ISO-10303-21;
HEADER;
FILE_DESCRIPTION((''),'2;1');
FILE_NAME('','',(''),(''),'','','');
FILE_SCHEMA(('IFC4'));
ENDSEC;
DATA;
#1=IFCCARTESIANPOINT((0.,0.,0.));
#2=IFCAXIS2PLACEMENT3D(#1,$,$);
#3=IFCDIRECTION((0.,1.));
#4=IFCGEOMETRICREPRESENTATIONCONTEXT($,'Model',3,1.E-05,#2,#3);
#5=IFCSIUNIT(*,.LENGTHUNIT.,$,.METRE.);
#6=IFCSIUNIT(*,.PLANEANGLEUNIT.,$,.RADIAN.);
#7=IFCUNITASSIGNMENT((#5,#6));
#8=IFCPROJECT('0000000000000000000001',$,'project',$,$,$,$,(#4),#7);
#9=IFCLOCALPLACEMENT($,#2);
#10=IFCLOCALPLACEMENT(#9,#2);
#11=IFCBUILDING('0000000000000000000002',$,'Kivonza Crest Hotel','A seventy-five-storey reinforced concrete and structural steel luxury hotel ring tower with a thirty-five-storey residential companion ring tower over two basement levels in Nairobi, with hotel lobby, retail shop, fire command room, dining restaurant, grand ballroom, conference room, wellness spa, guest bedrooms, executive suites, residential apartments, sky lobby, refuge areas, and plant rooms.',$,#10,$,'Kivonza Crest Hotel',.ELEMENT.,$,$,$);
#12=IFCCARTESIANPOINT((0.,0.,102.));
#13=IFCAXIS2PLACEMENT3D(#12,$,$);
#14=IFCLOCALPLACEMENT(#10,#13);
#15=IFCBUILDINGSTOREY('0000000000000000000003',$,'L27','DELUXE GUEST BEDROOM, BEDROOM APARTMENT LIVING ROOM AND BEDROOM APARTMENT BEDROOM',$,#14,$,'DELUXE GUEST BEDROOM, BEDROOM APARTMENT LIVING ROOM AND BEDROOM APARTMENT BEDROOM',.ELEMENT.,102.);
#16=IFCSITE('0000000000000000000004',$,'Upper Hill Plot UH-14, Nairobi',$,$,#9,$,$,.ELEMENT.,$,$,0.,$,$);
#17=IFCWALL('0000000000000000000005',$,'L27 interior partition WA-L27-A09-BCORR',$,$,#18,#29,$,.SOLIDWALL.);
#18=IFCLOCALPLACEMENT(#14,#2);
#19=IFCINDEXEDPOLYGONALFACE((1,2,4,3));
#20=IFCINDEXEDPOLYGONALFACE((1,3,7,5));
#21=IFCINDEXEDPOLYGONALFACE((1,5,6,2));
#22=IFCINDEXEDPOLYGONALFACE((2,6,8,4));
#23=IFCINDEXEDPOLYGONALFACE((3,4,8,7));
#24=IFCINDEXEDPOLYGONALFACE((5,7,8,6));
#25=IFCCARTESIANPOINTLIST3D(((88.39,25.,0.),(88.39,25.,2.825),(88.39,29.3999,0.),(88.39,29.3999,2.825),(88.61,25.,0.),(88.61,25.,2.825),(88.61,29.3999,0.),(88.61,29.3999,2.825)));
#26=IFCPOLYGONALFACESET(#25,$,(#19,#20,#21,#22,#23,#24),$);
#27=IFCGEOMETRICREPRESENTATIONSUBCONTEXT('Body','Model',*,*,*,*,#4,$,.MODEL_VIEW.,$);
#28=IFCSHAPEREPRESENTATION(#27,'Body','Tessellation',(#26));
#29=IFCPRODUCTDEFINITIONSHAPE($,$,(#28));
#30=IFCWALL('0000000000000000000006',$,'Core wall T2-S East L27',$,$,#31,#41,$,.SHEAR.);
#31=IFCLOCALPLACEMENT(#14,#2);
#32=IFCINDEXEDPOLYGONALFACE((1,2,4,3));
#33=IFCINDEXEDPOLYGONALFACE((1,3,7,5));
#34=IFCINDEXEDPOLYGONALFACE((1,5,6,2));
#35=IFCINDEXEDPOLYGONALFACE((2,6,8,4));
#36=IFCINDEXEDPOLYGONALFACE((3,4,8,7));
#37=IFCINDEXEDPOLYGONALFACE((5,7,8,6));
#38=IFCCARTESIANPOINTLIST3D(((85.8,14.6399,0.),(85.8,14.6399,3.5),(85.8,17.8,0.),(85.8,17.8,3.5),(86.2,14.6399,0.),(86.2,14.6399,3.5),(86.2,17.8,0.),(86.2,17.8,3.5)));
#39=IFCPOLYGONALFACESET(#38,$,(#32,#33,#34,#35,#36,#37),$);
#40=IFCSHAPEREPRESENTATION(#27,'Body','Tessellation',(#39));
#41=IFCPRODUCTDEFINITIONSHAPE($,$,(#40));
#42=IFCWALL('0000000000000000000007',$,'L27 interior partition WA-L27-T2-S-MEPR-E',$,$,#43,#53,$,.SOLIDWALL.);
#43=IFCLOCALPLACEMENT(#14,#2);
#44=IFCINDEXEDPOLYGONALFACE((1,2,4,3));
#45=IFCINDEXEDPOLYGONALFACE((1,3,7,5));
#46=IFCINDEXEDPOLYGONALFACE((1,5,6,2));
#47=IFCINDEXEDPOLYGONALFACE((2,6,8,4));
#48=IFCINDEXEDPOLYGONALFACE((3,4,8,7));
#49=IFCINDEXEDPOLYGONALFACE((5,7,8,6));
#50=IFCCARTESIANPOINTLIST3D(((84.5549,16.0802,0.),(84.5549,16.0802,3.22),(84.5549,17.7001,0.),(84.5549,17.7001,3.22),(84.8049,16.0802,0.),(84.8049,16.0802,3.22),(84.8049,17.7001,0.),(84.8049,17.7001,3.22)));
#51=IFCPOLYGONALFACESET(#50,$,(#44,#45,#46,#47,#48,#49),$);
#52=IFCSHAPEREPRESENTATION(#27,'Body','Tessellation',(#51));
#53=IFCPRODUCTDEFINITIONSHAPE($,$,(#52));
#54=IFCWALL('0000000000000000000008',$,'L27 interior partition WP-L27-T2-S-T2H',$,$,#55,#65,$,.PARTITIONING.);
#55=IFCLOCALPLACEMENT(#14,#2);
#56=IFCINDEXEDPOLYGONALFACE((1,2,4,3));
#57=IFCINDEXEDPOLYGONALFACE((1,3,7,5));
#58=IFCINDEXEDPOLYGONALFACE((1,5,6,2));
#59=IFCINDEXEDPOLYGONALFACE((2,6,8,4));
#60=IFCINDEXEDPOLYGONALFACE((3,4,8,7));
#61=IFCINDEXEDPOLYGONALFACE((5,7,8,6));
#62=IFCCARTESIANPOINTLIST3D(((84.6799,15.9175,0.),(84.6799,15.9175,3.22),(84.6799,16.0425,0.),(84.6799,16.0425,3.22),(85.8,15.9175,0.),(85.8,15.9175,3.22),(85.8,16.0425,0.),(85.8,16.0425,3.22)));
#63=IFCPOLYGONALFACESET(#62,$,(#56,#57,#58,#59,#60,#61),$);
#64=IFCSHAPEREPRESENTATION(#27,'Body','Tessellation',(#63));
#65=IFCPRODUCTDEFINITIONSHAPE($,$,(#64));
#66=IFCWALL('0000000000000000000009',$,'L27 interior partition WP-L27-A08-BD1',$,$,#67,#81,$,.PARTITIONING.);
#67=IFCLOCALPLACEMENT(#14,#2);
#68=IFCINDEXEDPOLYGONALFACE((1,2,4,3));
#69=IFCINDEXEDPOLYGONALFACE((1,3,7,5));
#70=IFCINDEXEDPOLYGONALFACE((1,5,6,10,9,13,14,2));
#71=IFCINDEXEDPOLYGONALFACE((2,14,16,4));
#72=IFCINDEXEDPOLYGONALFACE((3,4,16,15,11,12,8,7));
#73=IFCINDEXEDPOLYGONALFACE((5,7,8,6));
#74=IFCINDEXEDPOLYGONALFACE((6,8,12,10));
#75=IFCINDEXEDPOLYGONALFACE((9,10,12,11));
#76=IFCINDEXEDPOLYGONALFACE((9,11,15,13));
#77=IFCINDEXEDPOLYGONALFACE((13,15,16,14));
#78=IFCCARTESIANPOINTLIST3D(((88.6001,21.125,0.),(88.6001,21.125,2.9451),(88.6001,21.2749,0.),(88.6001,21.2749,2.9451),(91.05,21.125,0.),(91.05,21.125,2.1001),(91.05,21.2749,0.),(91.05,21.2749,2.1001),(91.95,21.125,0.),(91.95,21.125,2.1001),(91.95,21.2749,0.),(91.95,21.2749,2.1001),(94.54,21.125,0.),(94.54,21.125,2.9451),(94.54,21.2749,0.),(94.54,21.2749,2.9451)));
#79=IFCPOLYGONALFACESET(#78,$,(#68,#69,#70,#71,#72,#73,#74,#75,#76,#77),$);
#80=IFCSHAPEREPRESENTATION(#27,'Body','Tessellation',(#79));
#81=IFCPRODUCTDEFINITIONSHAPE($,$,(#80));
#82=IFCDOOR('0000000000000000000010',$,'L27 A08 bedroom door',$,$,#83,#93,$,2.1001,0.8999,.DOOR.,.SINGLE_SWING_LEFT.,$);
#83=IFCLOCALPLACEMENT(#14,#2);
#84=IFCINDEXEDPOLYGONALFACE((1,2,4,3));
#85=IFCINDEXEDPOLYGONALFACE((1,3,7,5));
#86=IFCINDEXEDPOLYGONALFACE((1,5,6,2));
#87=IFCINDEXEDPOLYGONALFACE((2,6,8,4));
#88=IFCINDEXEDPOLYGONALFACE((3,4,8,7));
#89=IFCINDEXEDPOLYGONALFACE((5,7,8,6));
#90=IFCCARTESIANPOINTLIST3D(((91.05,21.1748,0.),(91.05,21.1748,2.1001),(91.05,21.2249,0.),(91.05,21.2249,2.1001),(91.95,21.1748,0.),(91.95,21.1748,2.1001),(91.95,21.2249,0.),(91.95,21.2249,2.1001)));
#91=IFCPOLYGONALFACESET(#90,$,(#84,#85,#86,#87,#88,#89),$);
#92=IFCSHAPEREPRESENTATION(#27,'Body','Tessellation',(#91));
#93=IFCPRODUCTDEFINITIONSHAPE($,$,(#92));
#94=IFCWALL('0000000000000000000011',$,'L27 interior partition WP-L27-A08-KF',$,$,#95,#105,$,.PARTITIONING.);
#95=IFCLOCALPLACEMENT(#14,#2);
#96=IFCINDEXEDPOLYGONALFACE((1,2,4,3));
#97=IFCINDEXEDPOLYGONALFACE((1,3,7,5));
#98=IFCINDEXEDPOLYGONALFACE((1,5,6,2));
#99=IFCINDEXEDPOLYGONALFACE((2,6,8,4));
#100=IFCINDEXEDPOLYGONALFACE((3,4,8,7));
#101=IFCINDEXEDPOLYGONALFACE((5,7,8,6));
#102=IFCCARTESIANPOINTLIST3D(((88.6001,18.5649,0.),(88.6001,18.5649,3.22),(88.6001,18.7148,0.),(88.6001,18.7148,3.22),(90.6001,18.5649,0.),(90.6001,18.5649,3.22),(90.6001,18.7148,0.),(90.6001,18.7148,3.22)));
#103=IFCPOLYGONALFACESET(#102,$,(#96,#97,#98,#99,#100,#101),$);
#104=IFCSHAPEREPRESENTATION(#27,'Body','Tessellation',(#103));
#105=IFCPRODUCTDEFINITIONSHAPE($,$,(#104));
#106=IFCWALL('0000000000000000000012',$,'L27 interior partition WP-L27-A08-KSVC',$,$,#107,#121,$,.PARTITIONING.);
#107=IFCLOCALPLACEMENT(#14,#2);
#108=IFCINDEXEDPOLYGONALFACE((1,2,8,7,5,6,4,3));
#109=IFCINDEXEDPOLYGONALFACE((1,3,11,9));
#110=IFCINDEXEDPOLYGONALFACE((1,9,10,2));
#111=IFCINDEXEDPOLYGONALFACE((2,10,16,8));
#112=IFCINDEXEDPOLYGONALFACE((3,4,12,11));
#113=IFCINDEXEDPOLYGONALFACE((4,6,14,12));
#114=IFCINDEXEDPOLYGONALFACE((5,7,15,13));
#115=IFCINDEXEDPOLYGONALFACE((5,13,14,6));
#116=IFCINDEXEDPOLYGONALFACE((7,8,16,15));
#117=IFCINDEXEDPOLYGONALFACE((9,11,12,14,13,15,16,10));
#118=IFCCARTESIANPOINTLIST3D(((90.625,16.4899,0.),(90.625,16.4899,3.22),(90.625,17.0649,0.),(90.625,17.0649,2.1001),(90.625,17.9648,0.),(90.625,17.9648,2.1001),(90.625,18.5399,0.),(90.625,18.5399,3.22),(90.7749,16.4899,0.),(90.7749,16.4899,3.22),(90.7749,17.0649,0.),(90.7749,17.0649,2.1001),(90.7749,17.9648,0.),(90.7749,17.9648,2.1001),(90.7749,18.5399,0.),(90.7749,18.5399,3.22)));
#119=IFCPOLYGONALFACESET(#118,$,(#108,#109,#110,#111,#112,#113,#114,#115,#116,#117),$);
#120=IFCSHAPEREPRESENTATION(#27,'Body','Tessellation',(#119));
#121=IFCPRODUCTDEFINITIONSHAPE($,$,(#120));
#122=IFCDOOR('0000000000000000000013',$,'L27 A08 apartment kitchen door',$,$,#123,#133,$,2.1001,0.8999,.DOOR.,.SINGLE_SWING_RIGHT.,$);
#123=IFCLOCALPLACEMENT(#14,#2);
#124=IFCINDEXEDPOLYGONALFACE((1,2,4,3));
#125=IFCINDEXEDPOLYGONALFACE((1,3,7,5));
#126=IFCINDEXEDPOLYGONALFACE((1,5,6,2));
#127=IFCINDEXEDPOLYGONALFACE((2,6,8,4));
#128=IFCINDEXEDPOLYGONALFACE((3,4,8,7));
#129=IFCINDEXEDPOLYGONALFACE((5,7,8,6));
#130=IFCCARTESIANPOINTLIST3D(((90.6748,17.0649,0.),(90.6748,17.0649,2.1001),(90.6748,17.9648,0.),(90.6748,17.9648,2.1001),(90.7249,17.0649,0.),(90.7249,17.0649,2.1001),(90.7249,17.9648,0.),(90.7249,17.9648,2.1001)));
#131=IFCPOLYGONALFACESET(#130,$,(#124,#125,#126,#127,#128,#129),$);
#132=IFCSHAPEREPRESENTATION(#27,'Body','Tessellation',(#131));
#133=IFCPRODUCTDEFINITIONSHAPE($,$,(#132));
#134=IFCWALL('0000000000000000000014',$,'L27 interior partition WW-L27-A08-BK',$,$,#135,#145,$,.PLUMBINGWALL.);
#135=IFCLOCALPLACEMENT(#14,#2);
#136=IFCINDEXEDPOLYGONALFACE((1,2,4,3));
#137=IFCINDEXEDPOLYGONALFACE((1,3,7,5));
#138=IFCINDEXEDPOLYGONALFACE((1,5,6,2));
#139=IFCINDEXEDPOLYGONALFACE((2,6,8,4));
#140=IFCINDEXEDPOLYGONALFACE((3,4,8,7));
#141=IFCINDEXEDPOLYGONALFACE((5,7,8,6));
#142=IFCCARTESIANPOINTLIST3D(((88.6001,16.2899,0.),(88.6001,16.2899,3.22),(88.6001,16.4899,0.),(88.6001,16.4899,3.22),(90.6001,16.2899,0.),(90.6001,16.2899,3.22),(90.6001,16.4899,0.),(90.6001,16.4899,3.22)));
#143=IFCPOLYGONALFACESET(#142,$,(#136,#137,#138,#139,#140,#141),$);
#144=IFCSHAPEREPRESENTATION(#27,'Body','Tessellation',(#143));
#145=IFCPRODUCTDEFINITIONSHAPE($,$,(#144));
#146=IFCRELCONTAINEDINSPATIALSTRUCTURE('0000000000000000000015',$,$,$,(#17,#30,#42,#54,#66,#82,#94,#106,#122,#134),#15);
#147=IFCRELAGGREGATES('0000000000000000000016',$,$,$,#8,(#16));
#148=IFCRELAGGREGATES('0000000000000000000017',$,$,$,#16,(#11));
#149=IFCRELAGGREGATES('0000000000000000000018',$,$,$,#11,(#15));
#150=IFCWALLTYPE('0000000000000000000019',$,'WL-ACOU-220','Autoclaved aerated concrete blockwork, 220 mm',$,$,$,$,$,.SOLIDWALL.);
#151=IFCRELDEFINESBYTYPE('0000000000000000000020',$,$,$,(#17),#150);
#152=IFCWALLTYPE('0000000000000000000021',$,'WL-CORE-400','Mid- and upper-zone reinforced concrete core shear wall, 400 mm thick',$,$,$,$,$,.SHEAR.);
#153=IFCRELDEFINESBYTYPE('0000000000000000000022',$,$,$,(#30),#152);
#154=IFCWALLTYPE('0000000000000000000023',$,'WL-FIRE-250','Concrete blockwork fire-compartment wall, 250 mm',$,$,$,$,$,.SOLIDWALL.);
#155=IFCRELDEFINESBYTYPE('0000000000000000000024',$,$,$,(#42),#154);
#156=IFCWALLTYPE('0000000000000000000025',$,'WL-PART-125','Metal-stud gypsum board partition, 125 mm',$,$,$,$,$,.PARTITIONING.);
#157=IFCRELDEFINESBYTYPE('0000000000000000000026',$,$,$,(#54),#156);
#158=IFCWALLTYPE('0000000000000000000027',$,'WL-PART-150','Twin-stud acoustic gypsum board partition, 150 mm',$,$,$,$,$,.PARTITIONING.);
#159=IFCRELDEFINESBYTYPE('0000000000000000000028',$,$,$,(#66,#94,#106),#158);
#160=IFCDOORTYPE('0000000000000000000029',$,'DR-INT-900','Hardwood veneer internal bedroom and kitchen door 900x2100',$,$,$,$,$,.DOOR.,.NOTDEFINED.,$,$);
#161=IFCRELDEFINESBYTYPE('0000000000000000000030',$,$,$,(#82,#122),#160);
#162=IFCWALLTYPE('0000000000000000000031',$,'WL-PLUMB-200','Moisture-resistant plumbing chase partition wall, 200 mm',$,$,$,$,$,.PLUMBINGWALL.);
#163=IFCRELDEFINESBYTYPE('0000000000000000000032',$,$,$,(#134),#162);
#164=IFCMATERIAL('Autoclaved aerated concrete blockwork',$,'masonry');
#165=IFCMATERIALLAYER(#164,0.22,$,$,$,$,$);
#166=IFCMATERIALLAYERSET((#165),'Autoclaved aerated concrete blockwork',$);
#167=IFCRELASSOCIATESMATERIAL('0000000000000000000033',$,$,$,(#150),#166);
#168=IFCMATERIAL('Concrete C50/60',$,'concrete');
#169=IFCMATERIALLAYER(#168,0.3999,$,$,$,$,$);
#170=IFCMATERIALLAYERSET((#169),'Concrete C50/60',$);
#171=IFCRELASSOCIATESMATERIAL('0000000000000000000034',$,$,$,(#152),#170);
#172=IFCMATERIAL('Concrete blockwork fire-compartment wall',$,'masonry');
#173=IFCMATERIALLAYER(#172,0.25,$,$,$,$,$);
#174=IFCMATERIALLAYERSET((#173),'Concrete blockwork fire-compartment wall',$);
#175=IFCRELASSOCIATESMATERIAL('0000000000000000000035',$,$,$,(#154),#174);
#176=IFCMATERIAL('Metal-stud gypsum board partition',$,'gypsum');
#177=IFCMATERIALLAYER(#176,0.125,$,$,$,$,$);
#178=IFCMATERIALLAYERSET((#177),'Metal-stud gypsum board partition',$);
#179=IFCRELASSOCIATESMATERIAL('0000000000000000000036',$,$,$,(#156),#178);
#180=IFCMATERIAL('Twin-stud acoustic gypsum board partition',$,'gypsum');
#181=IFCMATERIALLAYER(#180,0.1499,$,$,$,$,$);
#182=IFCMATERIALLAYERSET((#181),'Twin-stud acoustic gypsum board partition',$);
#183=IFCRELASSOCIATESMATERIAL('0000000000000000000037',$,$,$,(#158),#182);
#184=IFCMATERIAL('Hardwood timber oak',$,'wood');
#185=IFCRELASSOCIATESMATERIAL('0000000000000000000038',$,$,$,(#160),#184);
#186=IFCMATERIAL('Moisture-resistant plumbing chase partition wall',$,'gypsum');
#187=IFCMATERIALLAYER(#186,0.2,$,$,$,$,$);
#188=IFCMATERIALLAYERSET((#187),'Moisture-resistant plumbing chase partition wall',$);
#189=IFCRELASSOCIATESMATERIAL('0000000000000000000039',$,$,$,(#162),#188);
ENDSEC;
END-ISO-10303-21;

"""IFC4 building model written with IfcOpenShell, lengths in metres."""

from ifc_helpers import new_model, si_unit, direction, frame, frame_2d, origin, place, context, subcontext, project, spatial, rectangle, extrude, material, layer, layer_set, type_object, element, fill, save


model = new_model("IFC4")

# Units and contexts
model_context = context("Model", 3, precision=1e-05, world=origin(), true_north=direction((0.0, 1.0)))
body_context = subcontext(model_context, "Body", "Model", "MODEL_VIEW")
ifc_project = project(units=[si_unit("LENGTHUNIT", "METRE"), si_unit("PLANEANGLEUNIT", "RADIAN")], contexts=[model_context])

# Site, building, storey
site_placement = place(None, origin())
site = spatial("IfcSite", under=ifc_project, at=site_placement, Name="Upper Hill Plot UH-14, Nairobi", CompositionType="ELEMENT", RefElevation=0.0)
building_placement = place(site_placement, origin())
building = spatial("IfcBuilding", under=site, at=building_placement, Name="Kivonza Crest Hotel", Description="A seventy-five-storey reinforced concrete and structural steel luxury hotel ring tower with a thirty-five-storey residential companion ring tower over two basement levels in Nairobi, with hotel lobby, retail shop, fire command room, dining restaurant, grand ballroom, conference room, wellness spa, guest bedrooms, executive suites, residential apartments, sky lobby, refuge areas, and plant rooms.", LongName="Kivonza Crest Hotel", CompositionType="ELEMENT")
storey_placement = place(building_placement, frame((0.0, 0.0, 102.0)))
storey = spatial("IfcBuildingStorey", under=building, at=storey_placement, Name="L27", Description="DELUXE GUEST BEDROOM, BEDROOM APARTMENT LIVING ROOM AND BEDROOM APARTMENT BEDROOM", LongName="DELUXE GUEST BEDROOM, BEDROOM APARTMENT LIVING ROOM AND BEDROOM APARTMENT BEDROOM", CompositionType="ELEMENT", Elevation=102.0)

# Shared definitions
ifc_material_1 = material(Name="Concrete C50/60", Category="concrete")

# Shared definitions
ifc_material_2 = material(Name="Autoclaved aerated concrete blockwork", Category="masonry")
ifc_layer_1 = layer(ifc_material_2, 0.22)
ifc_layer_set_1 = layer_set([ifc_layer_1], Name="Autoclaved aerated concrete blockwork")
wall_type_1 = type_object("IfcWallType", Name="WL-ACOU-220", Description="Autoclaved aerated concrete blockwork, 220 mm", PredefinedType="SOLIDWALL", material=ifc_layer_set_1)
ifc_material_3 = material(Name="Hardwood timber oak", Category="wood")

# Walls
wall_1_placement = place(storey_placement, frame((88.5, 25.0, 0.0), z_axis=(0.0, 0.0, 1.0), x_axis=(0.0, 1.0, 0.0)))
element("IfcWall", 1, at=wall_1_placement, inside=storey, type_object=wall_type_1, Name="L27 interior partition WA-L27-A09-BCORR", PredefinedType="SOLIDWALL", context=body_context, shape_type="SweptSolid", body=[
    extrude(rectangle(XDim=4.3999, YDim=0.22, at=frame_2d((2.2, 0.0))), origin(), (0.0, 0.0, 1.0), 2.825),
])
ifc_layer_2 = layer(ifc_material_1, 0.3999)
ifc_layer_set_2 = layer_set([ifc_layer_2], Name="Concrete C50/60")
wall_type_2 = type_object("IfcWallType", Name="WL-CORE-400", Description="Mid- and upper-zone reinforced concrete core shear wall, 400 mm thick", PredefinedType="SHEAR", material=ifc_layer_set_2)
wall_2_placement = place(storey_placement, frame((86.0, 14.6399, 0.0), z_axis=(0.0, 0.0, 1.0), x_axis=(0.0, 1.0, 0.0)))
element("IfcWall", 2, at=wall_2_placement, inside=storey, type_object=wall_type_2, Name="Core wall T2-S East L27", PredefinedType="SHEAR", context=body_context, shape_type="SweptSolid", body=[
    extrude(rectangle(XDim=3.1602, YDim=0.3999, at=frame_2d((1.5801, 0.0))), origin(), (0.0, 0.0, 1.0), 3.5),
])
ifc_material_4 = material(Name="Concrete blockwork fire-compartment wall", Category="masonry")
ifc_layer_3 = layer(ifc_material_4, 0.25)
ifc_layer_set_3 = layer_set([ifc_layer_3], Name="Concrete blockwork fire-compartment wall")
wall_type_3 = type_object("IfcWallType", Name="WL-FIRE-250", Description="Concrete blockwork fire-compartment wall, 250 mm", PredefinedType="SOLIDWALL", material=ifc_layer_set_3)
wall_3_placement = place(storey_placement, frame((84.6799, 16.0801, 0.0), z_axis=(0.0, 0.0, 1.0), x_axis=(0.0, 1.0, 0.0)))
element("IfcWall", 3, at=wall_3_placement, inside=storey, type_object=wall_type_3, Name="L27 interior partition WA-L27-T2-S-MEPR-E", PredefinedType="SOLIDWALL", context=body_context, shape_type="SweptSolid", body=[
    extrude(rectangle(XDim=1.6199, YDim=0.25, at=frame_2d((0.8101, 0.0))), origin(), (0.0, 0.0, 1.0), 3.22),
])
ifc_material_5 = material(Name="Metal-stud gypsum board partition", Category="gypsum")
ifc_layer_4 = layer(ifc_material_5, 0.125)
ifc_layer_set_4 = layer_set([ifc_layer_4], Name="Metal-stud gypsum board partition")
wall_type_4 = type_object("IfcWallType", Name="WL-PART-125", Description="Metal-stud gypsum board partition, 125 mm", PredefinedType="PARTITIONING", material=ifc_layer_set_4)
wall_4_placement = place(storey_placement, frame((84.6799, 15.98, 0.0), z_axis=(0.0, 0.0, 1.0), x_axis=(1.0, 0.0, 0.0)))
element("IfcWall", 4, at=wall_4_placement, inside=storey, type_object=wall_type_4, Name="L27 interior partition WP-L27-T2-S-T2H", PredefinedType="PARTITIONING", context=body_context, shape_type="SweptSolid", body=[
    extrude(rectangle(XDim=1.1201, YDim=0.125, at=frame_2d((0.5601, 0.0))), origin(), (0.0, 0.0, 1.0), 3.22),
])

# Wall, opening, door
ifc_material_6 = material(Name="Twin-stud acoustic gypsum board partition", Category="gypsum")
ifc_layer_5 = layer(ifc_material_6, 0.1499)
ifc_layer_set_5 = layer_set([ifc_layer_5], Name="Twin-stud acoustic gypsum board partition")
wall_type_5 = type_object("IfcWallType", Name="WL-PART-150", Description="Twin-stud acoustic gypsum board partition, 150 mm", PredefinedType="PARTITIONING", material=ifc_layer_set_5)
wall_5_placement = place(storey_placement, frame((88.6001, 21.2, 0.0), z_axis=(0.0, 0.0, 1.0), x_axis=(1.0, 0.0, 0.0)))
wall_5 = element("IfcWall", 5, at=wall_5_placement, inside=storey, type_object=wall_type_5, Name="L27 interior partition WP-L27-A08-BD1", PredefinedType="PARTITIONING", context=body_context, shape_type="SweptSolid", body=[
    extrude(rectangle(XDim=5.9399, YDim=0.1499, at=frame_2d((2.97, 0.0))), origin(), (0.0, 0.0, 1.0), 2.9451),
])
opening_1_placement = place(wall_5_placement, frame((2.45, 0.0, 0.0)))
opening_1 = element("IfcOpeningElement", 6, at=opening_1_placement, cuts=wall_5, PredefinedType="OPENING", context=body_context, shape_type="SweptSolid", body=[
    extrude(rectangle(XDim=0.8999, YDim=2.1001, at=frame_2d((0.45, 1.05))), frame((0.0, 0.085, 0.0), z_axis=(0.0, -1.0, 0.0), x_axis=(1.0, 0.0, 0.0)), (0.0, 0.0, 1.0), 0.1699),
])
door_type_1 = type_object("IfcDoorType", Name="DR-INT-900", Description="Hardwood veneer internal bedroom and kitchen door 900x2100", OperationType="NOTDEFINED", PredefinedType="DOOR", material=ifc_material_3)
door_1_placement = place(opening_1_placement, origin())
door_1 = element("IfcDoor", 7, at=door_1_placement, inside=storey, type_object=door_type_1, Name="L27 A08 bedroom door", OperationType="SINGLE_SWING_LEFT", OverallHeight=2.1001, OverallWidth=0.8999, PredefinedType="DOOR", context=body_context, shape_type="SweptSolid", body=[
    extrude(rectangle(XDim=0.8999, YDim=2.1001, at=frame_2d((0.45, 1.05))), frame((0.0, 0.0249, 0.0), z_axis=(0.0, -1.0, 0.0), x_axis=(1.0, 0.0, 0.0)), (0.0, 0.0, 1.0), 0.05),
])
fill(opening_1, door_1)

# Wall
wall_6_placement = place(storey_placement, frame((88.6001, 18.6399, 0.0), z_axis=(0.0, 0.0, 1.0), x_axis=(1.0, 0.0, 0.0)))
element("IfcWall", 8, at=wall_6_placement, inside=storey, type_object=wall_type_5, Name="L27 interior partition WP-L27-A08-KF", PredefinedType="PARTITIONING", context=body_context, shape_type="SweptSolid", body=[
    extrude(rectangle(XDim=2.0, YDim=0.1499, at=frame_2d((1.0, 0.0))), origin(), (0.0, 0.0, 1.0), 3.22),
])

# Wall, opening, door
wall_7_placement = place(storey_placement, frame((90.7, 16.49, 0.0), z_axis=(0.0, 0.0, 1.0), x_axis=(0.0, 1.0, 0.0)))
wall_7 = element("IfcWall", 9, at=wall_7_placement, inside=storey, type_object=wall_type_5, Name="L27 interior partition WP-L27-A08-KSVC", PredefinedType="PARTITIONING", context=body_context, shape_type="SweptSolid", body=[
    extrude(rectangle(XDim=2.05, YDim=0.1499, at=frame_2d((1.0249, 0.0))), origin(), (0.0, 0.0, 1.0), 3.22),
])
opening_2_placement = place(wall_7_placement, frame((0.575, 0.0, 0.0)))
opening_2 = element("IfcOpeningElement", 10, at=opening_2_placement, cuts=wall_7, PredefinedType="OPENING", context=body_context, shape_type="SweptSolid", body=[
    extrude(rectangle(XDim=0.8999, YDim=2.1001, at=frame_2d((0.45, 1.05))), frame((0.0, 0.085, 0.0), z_axis=(0.0, -1.0, 0.0), x_axis=(1.0, 0.0, 0.0)), (0.0, 0.0, 1.0), 0.1699),
])
door_2_placement = place(opening_2_placement, frame((0.8999, 0.0, 0.0), z_axis=(0.0, 0.0, 1.0), x_axis=(-1.0, 0.0, 0.0)))
door_2 = element("IfcDoor", 11, at=door_2_placement, inside=storey, type_object=door_type_1, Name="L27 A08 apartment kitchen door", OperationType="SINGLE_SWING_RIGHT", OverallHeight=2.1001, OverallWidth=0.8999, PredefinedType="DOOR", context=body_context, shape_type="SweptSolid", body=[
    extrude(rectangle(XDim=0.8999, YDim=2.1001, at=frame_2d((0.45, 1.05))), frame((0.0, 0.0249, 0.0), z_axis=(0.0, -1.0, 0.0), x_axis=(1.0, 0.0, 0.0)), (0.0, 0.0, 1.0), 0.05),
])
fill(opening_2, door_2)

# Wall
ifc_material_7 = material(Name="Moisture-resistant plumbing chase partition wall", Category="gypsum")
ifc_layer_6 = layer(ifc_material_7, 0.2)
ifc_layer_set_6 = layer_set([ifc_layer_6], Name="Moisture-resistant plumbing chase partition wall")
wall_type_6 = type_object("IfcWallType", Name="WL-PLUMB-200", Description="Moisture-resistant plumbing chase partition wall, 200 mm", PredefinedType="PLUMBINGWALL", material=ifc_layer_set_6)
wall_8_placement = place(storey_placement, frame((88.6001, 16.3899, 0.0), z_axis=(0.0, 0.0, 1.0), x_axis=(1.0, 0.0, 0.0)))
element("IfcWall", 12, at=wall_8_placement, inside=storey, type_object=wall_type_6, Name="L27 interior partition WW-L27-A08-BK", PredefinedType="PLUMBINGWALL", context=body_context, shape_type="SweptSolid", body=[
    extrude(rectangle(XDim=2.0, YDim=0.2, at=frame_2d((1.0, 0.0))), origin(), (0.0, 0.0, 1.0), 3.22),
])

save(model, "model.ifc")
